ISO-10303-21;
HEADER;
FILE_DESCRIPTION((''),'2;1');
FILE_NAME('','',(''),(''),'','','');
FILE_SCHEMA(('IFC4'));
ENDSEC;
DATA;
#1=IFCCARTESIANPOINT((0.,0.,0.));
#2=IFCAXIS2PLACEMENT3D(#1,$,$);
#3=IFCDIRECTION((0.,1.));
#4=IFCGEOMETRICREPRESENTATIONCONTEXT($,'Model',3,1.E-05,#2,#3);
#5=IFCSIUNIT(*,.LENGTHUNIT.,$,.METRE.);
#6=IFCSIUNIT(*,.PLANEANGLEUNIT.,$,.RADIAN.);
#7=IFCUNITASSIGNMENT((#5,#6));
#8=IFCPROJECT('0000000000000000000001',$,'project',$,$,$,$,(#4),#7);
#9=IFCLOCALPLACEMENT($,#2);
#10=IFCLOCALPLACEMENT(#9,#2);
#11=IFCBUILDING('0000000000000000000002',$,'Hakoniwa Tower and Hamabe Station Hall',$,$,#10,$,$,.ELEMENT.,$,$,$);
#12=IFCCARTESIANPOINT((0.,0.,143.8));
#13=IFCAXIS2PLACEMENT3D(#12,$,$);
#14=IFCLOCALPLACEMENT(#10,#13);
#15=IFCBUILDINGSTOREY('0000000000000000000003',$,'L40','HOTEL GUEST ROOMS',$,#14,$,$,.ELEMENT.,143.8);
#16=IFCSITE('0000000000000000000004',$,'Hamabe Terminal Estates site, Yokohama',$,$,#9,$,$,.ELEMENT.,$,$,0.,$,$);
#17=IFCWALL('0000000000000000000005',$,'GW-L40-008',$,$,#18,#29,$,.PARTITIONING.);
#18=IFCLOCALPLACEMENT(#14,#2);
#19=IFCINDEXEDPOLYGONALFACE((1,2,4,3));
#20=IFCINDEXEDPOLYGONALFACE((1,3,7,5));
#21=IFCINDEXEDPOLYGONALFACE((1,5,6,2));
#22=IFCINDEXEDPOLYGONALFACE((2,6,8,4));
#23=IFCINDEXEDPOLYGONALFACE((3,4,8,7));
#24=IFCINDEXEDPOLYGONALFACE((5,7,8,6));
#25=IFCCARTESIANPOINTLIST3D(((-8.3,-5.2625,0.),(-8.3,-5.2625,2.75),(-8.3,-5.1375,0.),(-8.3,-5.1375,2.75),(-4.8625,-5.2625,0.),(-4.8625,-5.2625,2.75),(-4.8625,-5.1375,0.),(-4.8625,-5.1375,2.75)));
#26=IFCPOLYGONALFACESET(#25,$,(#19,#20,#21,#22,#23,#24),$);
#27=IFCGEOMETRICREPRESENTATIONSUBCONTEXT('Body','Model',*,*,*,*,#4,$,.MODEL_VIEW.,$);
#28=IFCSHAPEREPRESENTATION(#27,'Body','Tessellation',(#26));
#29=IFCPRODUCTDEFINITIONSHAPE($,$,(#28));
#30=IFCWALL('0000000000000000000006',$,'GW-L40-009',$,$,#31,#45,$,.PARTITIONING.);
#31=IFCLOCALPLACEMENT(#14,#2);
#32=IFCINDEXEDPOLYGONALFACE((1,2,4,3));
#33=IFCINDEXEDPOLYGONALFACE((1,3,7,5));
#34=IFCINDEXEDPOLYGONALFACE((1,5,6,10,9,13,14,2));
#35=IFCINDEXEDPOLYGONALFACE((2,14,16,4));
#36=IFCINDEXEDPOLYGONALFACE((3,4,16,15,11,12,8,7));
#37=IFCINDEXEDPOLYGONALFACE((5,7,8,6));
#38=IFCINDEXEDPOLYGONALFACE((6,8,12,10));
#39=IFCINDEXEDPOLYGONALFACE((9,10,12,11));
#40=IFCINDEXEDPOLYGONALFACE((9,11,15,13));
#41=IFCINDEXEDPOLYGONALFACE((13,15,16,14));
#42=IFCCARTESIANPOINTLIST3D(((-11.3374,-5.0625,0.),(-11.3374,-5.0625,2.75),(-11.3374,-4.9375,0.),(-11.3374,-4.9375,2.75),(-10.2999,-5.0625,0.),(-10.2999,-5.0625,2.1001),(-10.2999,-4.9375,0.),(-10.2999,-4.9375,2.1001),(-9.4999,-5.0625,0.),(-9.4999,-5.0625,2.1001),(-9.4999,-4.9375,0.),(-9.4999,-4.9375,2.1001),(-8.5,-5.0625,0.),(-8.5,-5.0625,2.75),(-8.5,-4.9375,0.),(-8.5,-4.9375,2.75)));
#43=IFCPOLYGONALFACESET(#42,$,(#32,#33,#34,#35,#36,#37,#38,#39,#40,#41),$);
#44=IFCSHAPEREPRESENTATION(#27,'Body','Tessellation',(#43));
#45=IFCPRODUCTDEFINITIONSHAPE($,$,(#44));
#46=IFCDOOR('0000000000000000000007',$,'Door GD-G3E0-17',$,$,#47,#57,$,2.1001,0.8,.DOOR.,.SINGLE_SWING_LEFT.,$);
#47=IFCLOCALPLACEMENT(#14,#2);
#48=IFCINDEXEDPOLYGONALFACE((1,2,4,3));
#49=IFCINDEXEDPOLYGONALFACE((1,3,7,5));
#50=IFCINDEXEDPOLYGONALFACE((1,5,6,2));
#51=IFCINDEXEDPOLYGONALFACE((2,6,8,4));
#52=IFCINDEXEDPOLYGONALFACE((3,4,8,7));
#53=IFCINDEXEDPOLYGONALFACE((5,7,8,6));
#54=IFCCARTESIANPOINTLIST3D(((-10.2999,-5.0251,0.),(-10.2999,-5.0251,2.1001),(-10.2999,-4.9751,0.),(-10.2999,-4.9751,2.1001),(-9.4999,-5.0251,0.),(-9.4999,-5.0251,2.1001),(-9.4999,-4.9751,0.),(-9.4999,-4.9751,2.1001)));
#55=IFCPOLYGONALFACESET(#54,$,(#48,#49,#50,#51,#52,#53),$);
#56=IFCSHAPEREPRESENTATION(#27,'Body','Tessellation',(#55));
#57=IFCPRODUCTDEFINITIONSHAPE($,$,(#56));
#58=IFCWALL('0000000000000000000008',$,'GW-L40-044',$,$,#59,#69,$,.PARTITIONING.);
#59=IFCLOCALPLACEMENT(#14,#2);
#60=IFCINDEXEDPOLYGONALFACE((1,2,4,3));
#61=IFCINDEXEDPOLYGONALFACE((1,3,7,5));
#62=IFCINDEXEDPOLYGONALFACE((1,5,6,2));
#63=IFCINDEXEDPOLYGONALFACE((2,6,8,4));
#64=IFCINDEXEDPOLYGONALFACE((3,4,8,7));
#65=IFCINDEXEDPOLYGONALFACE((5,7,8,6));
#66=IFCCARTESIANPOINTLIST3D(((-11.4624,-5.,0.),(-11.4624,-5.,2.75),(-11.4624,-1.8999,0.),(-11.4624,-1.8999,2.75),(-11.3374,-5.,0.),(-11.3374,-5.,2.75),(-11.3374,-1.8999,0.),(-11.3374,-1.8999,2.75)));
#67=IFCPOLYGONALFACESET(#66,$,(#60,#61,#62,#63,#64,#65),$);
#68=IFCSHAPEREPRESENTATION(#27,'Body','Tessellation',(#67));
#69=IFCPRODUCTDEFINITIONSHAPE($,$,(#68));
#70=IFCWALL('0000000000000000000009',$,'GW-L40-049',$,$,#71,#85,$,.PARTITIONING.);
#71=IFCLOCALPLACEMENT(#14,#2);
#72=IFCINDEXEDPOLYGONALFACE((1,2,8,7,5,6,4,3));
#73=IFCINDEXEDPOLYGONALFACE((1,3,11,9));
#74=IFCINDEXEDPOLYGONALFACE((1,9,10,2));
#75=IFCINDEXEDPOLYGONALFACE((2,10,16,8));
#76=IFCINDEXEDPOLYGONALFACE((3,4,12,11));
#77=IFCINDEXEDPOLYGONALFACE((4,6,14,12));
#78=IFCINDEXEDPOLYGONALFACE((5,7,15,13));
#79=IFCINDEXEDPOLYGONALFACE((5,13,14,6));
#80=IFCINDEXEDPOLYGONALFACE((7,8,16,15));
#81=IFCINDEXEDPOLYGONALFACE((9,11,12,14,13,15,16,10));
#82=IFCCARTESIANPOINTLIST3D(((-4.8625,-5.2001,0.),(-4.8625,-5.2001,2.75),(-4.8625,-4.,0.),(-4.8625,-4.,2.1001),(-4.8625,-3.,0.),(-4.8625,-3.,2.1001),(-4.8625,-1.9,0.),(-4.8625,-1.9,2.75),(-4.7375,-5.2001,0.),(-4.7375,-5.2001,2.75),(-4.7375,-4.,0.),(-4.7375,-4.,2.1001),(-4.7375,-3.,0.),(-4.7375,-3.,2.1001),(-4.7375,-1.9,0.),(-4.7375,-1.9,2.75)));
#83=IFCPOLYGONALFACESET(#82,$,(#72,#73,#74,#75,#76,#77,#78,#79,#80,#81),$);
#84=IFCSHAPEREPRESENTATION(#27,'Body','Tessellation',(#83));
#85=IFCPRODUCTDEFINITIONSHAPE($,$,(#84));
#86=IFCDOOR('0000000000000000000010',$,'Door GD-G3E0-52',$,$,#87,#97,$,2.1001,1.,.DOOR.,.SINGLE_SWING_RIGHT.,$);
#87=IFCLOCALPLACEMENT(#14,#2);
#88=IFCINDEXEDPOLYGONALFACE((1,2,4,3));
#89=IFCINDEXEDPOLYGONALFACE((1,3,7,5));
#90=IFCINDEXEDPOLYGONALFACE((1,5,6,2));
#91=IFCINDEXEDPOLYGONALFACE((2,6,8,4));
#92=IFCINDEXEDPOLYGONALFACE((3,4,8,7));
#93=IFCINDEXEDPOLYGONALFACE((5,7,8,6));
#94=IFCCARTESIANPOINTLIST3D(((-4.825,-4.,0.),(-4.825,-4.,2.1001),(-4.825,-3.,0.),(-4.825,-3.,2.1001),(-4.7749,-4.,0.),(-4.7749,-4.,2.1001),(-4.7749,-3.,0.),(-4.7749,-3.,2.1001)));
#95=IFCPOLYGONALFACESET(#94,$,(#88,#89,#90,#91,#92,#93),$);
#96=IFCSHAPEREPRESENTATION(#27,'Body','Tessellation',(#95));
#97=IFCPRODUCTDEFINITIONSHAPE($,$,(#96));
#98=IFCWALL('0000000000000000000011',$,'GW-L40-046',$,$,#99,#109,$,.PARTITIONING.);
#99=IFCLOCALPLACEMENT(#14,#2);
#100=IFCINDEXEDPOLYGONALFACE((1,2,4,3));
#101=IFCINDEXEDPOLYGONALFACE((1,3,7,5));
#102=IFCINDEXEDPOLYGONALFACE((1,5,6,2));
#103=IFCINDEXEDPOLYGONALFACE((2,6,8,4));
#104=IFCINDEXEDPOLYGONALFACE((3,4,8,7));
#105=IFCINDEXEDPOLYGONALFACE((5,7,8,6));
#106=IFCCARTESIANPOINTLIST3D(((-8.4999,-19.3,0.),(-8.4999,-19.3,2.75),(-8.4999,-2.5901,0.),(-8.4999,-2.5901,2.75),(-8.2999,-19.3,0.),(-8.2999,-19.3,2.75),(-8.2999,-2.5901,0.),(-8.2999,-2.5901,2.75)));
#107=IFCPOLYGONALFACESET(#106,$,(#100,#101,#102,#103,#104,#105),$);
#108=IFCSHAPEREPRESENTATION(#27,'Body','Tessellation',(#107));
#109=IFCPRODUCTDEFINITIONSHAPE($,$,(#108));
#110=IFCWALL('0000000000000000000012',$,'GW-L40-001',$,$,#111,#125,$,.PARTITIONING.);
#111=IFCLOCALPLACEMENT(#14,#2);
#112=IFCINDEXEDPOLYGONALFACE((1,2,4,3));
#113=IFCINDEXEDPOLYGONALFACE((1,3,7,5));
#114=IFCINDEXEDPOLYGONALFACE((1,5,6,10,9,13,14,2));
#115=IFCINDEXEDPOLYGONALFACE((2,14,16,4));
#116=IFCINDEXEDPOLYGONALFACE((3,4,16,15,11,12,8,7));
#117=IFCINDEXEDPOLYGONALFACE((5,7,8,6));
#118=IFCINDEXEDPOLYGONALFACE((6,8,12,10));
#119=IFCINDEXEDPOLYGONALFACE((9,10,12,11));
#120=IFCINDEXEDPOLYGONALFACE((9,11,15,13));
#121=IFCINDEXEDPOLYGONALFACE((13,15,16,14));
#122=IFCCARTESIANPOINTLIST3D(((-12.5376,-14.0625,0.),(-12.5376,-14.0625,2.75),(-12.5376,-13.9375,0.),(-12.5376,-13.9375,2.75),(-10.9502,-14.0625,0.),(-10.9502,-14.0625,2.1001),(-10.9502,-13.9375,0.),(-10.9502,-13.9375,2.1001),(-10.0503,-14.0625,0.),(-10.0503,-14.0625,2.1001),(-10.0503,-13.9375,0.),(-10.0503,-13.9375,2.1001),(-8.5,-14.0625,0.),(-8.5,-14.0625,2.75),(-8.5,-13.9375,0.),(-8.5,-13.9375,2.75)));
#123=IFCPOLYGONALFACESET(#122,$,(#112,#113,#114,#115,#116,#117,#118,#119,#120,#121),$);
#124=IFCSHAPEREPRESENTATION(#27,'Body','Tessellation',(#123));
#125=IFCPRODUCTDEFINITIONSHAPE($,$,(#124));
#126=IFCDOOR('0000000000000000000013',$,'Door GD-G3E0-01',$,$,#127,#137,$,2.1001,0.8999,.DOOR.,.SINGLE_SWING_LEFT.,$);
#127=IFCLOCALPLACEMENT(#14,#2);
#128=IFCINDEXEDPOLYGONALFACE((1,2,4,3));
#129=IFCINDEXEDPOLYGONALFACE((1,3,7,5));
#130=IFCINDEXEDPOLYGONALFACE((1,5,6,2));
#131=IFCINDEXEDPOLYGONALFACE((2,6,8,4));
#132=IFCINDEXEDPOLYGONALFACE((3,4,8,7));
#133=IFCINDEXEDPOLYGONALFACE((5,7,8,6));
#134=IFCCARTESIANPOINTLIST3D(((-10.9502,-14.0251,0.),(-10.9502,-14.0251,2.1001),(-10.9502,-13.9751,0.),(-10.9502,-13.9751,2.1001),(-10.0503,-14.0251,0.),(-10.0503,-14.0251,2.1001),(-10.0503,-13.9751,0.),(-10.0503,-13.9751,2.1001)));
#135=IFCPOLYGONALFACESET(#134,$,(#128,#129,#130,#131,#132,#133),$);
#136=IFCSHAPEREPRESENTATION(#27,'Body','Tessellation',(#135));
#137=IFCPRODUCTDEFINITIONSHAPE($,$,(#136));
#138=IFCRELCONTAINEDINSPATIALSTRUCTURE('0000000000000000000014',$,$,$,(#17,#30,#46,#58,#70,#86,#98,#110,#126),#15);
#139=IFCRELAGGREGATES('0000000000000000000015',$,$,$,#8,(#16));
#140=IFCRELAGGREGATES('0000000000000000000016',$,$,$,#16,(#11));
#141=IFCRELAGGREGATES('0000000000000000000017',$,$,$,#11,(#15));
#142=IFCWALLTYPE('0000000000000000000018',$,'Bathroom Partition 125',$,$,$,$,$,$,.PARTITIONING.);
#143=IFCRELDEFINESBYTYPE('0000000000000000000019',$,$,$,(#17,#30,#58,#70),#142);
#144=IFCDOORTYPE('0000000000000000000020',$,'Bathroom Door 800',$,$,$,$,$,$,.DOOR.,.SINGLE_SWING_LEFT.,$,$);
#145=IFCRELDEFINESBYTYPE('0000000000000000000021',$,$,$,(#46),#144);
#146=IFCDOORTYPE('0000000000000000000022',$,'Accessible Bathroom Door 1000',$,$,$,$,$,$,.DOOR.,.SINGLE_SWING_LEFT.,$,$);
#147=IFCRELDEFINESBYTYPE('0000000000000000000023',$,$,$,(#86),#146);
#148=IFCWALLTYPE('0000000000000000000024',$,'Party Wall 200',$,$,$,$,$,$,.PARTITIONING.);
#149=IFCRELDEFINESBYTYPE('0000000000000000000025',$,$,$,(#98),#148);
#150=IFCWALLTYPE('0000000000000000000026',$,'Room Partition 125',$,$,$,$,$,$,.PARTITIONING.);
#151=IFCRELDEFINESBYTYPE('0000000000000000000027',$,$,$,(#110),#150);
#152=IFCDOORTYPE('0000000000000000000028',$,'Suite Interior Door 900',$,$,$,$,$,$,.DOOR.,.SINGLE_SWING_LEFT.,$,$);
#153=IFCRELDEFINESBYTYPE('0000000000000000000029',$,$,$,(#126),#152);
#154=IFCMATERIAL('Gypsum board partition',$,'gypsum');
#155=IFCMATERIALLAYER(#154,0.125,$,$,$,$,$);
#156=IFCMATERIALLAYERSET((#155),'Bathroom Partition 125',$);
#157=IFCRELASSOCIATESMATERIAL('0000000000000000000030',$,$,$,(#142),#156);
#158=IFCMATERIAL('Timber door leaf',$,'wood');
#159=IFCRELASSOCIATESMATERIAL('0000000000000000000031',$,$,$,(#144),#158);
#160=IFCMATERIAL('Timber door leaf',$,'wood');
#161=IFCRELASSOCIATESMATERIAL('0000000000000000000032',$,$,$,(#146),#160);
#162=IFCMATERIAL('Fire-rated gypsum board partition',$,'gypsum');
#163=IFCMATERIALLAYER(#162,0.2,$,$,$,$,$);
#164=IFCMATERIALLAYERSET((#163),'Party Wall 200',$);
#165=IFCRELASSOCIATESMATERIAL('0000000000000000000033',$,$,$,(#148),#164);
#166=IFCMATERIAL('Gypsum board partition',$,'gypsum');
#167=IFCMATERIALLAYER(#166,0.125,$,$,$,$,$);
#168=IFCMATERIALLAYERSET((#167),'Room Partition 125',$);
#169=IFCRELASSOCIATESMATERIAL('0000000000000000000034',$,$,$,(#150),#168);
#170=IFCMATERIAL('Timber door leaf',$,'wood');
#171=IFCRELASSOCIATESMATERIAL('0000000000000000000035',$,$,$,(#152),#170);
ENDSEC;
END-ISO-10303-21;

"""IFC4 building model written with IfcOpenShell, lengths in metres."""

from ifc_helpers import new_model, si_unit, direction, frame, frame_2d, origin, place, context, subcontext, project, spatial, rectangle, extrude, material, layer, layer_set, type_object, element, fill, save


model = new_model("IFC4")

# Units and contexts
model_context = context("Model", 3, precision=1e-05, world=origin(), true_north=direction((0.0, 1.0)))
body_context = subcontext(model_context, "Body", "Model", "MODEL_VIEW")
ifc_project = project(units=[si_unit("LENGTHUNIT", "METRE"), si_unit("PLANEANGLEUNIT", "RADIAN")], contexts=[model_context])

# Site, building, storey
site_placement = place(None, origin())
site = spatial("IfcSite", under=ifc_project, at=site_placement, Name="Hamabe Terminal Estates site, Yokohama", CompositionType="ELEMENT", RefElevation=0.0)
building_placement = place(site_placement, origin())
building = spatial("IfcBuilding", under=site, at=building_placement, Name="Hakoniwa Tower and Hamabe Station Hall", CompositionType="ELEMENT")
storey_placement = place(building_placement, frame((0.0, 0.0, 143.8)))
storey = spatial("IfcBuildingStorey", under=building, at=storey_placement, Name="L40", Description="HOTEL GUEST ROOMS", CompositionType="ELEMENT", Elevation=143.8)

# Wall
ifc_material_1 = material(Name="Gypsum board partition", Category="gypsum")
ifc_layer_1 = layer(ifc_material_1, 0.125)
ifc_layer_set_1 = layer_set([ifc_layer_1], Name="Bathroom Partition 125")
wall_type_1 = type_object("IfcWallType", Name="Bathroom Partition 125", PredefinedType="PARTITIONING", material=ifc_layer_set_1)
wall_1_placement = place(storey_placement, frame((-8.3, -5.2, 0.0), z_axis=(0.0, 0.0, 1.0), x_axis=(1.0, 0.0, 0.0)))
element("IfcWall", 1, at=wall_1_placement, inside=storey, type_object=wall_type_1, Name="GW-L40-008", PredefinedType="PARTITIONING", context=body_context, shape_type="SweptSolid", body=[
    extrude(rectangle(XDim=3.4375, YDim=0.125, at=frame_2d((1.7188, 0.0))), origin(), (0.0, 0.0, 1.0), 2.75),
])

# Wall, opening, door
wall_2_placement = place(storey_placement, frame((-11.3374, -5.0, 0.0), z_axis=(0.0, 0.0, 1.0), x_axis=(1.0, 0.0, 0.0)))
wall_2 = element("IfcWall", 2, at=wall_2_placement, inside=storey, type_object=wall_type_1, Name="GW-L40-009", PredefinedType="PARTITIONING", context=body_context, shape_type="SweptSolid", body=[
    extrude(rectangle(XDim=2.8374, YDim=0.125, at=frame_2d((1.4187, 0.0))), origin(), (0.0, 0.0, 1.0), 2.75),
])
opening_1_placement = place(wall_2_placement, frame((1.0376, 0.0, 0.0)))
opening_1 = element("IfcOpeningElement", 3, at=opening_1_placement, cuts=wall_2, PredefinedType="OPENING", context=body_context, shape_type="SweptSolid", body=[
    extrude(rectangle(XDim=0.8, YDim=2.1001, at=frame_2d((0.3999, 1.05))), frame((0.0, 0.0725, 0.0), z_axis=(0.0, -1.0, 0.0), x_axis=(1.0, 0.0, 0.0)), (0.0, 0.0, 1.0), 0.145),
])
ifc_material_2 = material(Name="Timber door leaf", Category="wood")
door_type_1 = type_object("IfcDoorType", Name="Bathroom Door 800", OperationType="SINGLE_SWING_LEFT", PredefinedType="DOOR", material=ifc_material_2)
door_1_placement = place(opening_1_placement, origin())
door_1 = element("IfcDoor", 4, at=door_1_placement, inside=storey, type_object=door_type_1, Name="Door GD-G3E0-17", OperationType="SINGLE_SWING_LEFT", OverallHeight=2.1001, OverallWidth=0.8, PredefinedType="DOOR", context=body_context, shape_type="SweptSolid", body=[
    extrude(rectangle(XDim=0.8, YDim=2.1001, at=frame_2d((0.3999, 1.05))), frame((0.0, 0.0249, 0.0), z_axis=(0.0, -1.0, 0.0), x_axis=(1.0, 0.0, 0.0)), (0.0, 0.0, 1.0), 0.05),
])
fill(opening_1, door_1)

# Wall
wall_3_placement = place(storey_placement, frame((-11.3999, -5.0, 0.0), z_axis=(0.0, 0.0, 1.0), x_axis=(0.0, 1.0, 0.0)))
element("IfcWall", 5, at=wall_3_placement, inside=storey, type_object=wall_type_1, Name="GW-L40-044", PredefinedType="PARTITIONING", context=body_context, shape_type="SweptSolid", body=[
    extrude(rectangle(XDim=3.1001, YDim=0.125, at=frame_2d((1.55, 0.0))), origin(), (0.0, 0.0, 1.0), 2.75),
])

# Wall, opening, door
wall_4_placement = place(storey_placement, frame((-4.8, -5.2, 0.0), z_axis=(0.0, 0.0, 1.0), x_axis=(0.0, 1.0, 0.0)))
wall_4 = element("IfcWall", 6, at=wall_4_placement, inside=storey, type_object=wall_type_1, Name="GW-L40-049", PredefinedType="PARTITIONING", context=body_context, shape_type="SweptSolid", body=[
    extrude(rectangle(XDim=3.3, YDim=0.125, at=frame_2d((1.6499, 0.0))), origin(), (0.0, 0.0, 1.0), 2.75),
])
opening_2_placement = place(wall_4_placement, frame((1.2, 0.0, 0.0)))
opening_2 = element("IfcOpeningElement", 7, at=opening_2_placement, cuts=wall_4, PredefinedType="OPENING", context=body_context, shape_type="SweptSolid", body=[
    extrude(rectangle(XDim=1.0, YDim=2.1001, at=frame_2d((0.5, 1.05))), frame((0.0, 0.0725, 0.0), z_axis=(0.0, -1.0, 0.0), x_axis=(1.0, 0.0, 0.0)), (0.0, 0.0, 1.0), 0.145),
])
ifc_material_3 = material(Name="Timber door leaf", Category="wood")
door_type_2 = type_object("IfcDoorType", Name="Accessible Bathroom Door 1000", OperationType="SINGLE_SWING_LEFT", PredefinedType="DOOR", material=ifc_material_3)
door_2_placement = place(opening_2_placement, origin())
door_2 = element("IfcDoor", 8, at=door_2_placement, inside=storey, type_object=door_type_2, Name="Door GD-G3E0-52", OperationType="SINGLE_SWING_RIGHT", OverallHeight=2.1001, OverallWidth=1.0, PredefinedType="DOOR", context=body_context, shape_type="SweptSolid", body=[
    extrude(rectangle(XDim=1.0, YDim=2.1001, at=frame_2d((0.5, 1.05))), frame((0.0, 0.0249, 0.0), z_axis=(0.0, -1.0, 0.0), x_axis=(1.0, 0.0, 0.0)), (0.0, 0.0, 1.0), 0.05),
])
fill(opening_2, door_2)

# Wall
ifc_material_4 = material(Name="Fire-rated gypsum board partition", Category="gypsum")
ifc_layer_2 = layer(ifc_material_4, 0.2)
ifc_layer_set_2 = layer_set([ifc_layer_2], Name="Party Wall 200")
wall_type_2 = type_object("IfcWallType", Name="Party Wall 200", PredefinedType="PARTITIONING", material=ifc_layer_set_2)
wall_5_placement = place(storey_placement, frame((-8.3999, -19.3, 0.0), z_axis=(0.0, 0.0, 1.0), x_axis=(0.0, 1.0, 0.0)))
element("IfcWall", 9, at=wall_5_placement, inside=storey, type_object=wall_type_2, Name="GW-L40-046", PredefinedType="PARTITIONING", context=body_context, shape_type="SweptSolid", body=[
    extrude(rectangle(XDim=16.71, YDim=0.2, at=frame_2d((8.355, 0.0))), origin(), (0.0, 0.0, 1.0), 2.75),
])

# Wall, opening, door
ifc_material_5 = material(Name="Gypsum board partition", Category="gypsum")
ifc_layer_3 = layer(ifc_material_5, 0.125)
ifc_layer_set_3 = layer_set([ifc_layer_3], Name="Room Partition 125")
wall_type_3 = type_object("IfcWallType", Name="Room Partition 125", PredefinedType="PARTITIONING", material=ifc_layer_set_3)
wall_6_placement = place(storey_placement, frame((-12.5376, -14.0, 0.0), z_axis=(0.0, 0.0, 1.0), x_axis=(1.0, 0.0, 0.0)))
wall_6 = element("IfcWall", 10, at=wall_6_placement, inside=storey, type_object=wall_type_3, Name="GW-L40-001", PredefinedType="PARTITIONING", context=body_context, shape_type="SweptSolid", body=[
    extrude(rectangle(XDim=4.0376, YDim=0.125, at=frame_2d((2.0188, 0.0))), origin(), (0.0, 0.0, 1.0), 2.75),
])
opening_3_placement = place(wall_6_placement, frame((1.5874, 0.0, 0.0)))
opening_3 = element("IfcOpeningElement", 11, at=opening_3_placement, cuts=wall_6, PredefinedType="OPENING", context=body_context, shape_type="SweptSolid", body=[
    extrude(rectangle(XDim=0.8999, YDim=2.1001, at=frame_2d((0.45, 1.05))), frame((0.0, 0.0725, 0.0), z_axis=(0.0, -1.0, 0.0), x_axis=(1.0, 0.0, 0.0)), (0.0, 0.0, 1.0), 0.145),
])
ifc_material_6 = material(Name="Timber door leaf", Category="wood")
door_type_3 = type_object("IfcDoorType", Name="Suite Interior Door 900", OperationType="SINGLE_SWING_LEFT", PredefinedType="DOOR", material=ifc_material_6)
door_3_placement = place(opening_3_placement, origin())
door_3 = element("IfcDoor", 12, at=door_3_placement, inside=storey, type_object=door_type_3, Name="Door GD-G3E0-01", OperationType="SINGLE_SWING_LEFT", OverallHeight=2.1001, OverallWidth=0.8999, PredefinedType="DOOR", context=body_context, shape_type="SweptSolid", body=[
    extrude(rectangle(XDim=0.8999, YDim=2.1001, at=frame_2d((0.45, 1.05))), frame((0.0, 0.0249, 0.0), z_axis=(0.0, -1.0, 0.0), x_axis=(1.0, 0.0, 0.0)), (0.0, 0.0, 1.0), 0.05),
])
fill(opening_3, door_3)

save(model, "model.ifc")
